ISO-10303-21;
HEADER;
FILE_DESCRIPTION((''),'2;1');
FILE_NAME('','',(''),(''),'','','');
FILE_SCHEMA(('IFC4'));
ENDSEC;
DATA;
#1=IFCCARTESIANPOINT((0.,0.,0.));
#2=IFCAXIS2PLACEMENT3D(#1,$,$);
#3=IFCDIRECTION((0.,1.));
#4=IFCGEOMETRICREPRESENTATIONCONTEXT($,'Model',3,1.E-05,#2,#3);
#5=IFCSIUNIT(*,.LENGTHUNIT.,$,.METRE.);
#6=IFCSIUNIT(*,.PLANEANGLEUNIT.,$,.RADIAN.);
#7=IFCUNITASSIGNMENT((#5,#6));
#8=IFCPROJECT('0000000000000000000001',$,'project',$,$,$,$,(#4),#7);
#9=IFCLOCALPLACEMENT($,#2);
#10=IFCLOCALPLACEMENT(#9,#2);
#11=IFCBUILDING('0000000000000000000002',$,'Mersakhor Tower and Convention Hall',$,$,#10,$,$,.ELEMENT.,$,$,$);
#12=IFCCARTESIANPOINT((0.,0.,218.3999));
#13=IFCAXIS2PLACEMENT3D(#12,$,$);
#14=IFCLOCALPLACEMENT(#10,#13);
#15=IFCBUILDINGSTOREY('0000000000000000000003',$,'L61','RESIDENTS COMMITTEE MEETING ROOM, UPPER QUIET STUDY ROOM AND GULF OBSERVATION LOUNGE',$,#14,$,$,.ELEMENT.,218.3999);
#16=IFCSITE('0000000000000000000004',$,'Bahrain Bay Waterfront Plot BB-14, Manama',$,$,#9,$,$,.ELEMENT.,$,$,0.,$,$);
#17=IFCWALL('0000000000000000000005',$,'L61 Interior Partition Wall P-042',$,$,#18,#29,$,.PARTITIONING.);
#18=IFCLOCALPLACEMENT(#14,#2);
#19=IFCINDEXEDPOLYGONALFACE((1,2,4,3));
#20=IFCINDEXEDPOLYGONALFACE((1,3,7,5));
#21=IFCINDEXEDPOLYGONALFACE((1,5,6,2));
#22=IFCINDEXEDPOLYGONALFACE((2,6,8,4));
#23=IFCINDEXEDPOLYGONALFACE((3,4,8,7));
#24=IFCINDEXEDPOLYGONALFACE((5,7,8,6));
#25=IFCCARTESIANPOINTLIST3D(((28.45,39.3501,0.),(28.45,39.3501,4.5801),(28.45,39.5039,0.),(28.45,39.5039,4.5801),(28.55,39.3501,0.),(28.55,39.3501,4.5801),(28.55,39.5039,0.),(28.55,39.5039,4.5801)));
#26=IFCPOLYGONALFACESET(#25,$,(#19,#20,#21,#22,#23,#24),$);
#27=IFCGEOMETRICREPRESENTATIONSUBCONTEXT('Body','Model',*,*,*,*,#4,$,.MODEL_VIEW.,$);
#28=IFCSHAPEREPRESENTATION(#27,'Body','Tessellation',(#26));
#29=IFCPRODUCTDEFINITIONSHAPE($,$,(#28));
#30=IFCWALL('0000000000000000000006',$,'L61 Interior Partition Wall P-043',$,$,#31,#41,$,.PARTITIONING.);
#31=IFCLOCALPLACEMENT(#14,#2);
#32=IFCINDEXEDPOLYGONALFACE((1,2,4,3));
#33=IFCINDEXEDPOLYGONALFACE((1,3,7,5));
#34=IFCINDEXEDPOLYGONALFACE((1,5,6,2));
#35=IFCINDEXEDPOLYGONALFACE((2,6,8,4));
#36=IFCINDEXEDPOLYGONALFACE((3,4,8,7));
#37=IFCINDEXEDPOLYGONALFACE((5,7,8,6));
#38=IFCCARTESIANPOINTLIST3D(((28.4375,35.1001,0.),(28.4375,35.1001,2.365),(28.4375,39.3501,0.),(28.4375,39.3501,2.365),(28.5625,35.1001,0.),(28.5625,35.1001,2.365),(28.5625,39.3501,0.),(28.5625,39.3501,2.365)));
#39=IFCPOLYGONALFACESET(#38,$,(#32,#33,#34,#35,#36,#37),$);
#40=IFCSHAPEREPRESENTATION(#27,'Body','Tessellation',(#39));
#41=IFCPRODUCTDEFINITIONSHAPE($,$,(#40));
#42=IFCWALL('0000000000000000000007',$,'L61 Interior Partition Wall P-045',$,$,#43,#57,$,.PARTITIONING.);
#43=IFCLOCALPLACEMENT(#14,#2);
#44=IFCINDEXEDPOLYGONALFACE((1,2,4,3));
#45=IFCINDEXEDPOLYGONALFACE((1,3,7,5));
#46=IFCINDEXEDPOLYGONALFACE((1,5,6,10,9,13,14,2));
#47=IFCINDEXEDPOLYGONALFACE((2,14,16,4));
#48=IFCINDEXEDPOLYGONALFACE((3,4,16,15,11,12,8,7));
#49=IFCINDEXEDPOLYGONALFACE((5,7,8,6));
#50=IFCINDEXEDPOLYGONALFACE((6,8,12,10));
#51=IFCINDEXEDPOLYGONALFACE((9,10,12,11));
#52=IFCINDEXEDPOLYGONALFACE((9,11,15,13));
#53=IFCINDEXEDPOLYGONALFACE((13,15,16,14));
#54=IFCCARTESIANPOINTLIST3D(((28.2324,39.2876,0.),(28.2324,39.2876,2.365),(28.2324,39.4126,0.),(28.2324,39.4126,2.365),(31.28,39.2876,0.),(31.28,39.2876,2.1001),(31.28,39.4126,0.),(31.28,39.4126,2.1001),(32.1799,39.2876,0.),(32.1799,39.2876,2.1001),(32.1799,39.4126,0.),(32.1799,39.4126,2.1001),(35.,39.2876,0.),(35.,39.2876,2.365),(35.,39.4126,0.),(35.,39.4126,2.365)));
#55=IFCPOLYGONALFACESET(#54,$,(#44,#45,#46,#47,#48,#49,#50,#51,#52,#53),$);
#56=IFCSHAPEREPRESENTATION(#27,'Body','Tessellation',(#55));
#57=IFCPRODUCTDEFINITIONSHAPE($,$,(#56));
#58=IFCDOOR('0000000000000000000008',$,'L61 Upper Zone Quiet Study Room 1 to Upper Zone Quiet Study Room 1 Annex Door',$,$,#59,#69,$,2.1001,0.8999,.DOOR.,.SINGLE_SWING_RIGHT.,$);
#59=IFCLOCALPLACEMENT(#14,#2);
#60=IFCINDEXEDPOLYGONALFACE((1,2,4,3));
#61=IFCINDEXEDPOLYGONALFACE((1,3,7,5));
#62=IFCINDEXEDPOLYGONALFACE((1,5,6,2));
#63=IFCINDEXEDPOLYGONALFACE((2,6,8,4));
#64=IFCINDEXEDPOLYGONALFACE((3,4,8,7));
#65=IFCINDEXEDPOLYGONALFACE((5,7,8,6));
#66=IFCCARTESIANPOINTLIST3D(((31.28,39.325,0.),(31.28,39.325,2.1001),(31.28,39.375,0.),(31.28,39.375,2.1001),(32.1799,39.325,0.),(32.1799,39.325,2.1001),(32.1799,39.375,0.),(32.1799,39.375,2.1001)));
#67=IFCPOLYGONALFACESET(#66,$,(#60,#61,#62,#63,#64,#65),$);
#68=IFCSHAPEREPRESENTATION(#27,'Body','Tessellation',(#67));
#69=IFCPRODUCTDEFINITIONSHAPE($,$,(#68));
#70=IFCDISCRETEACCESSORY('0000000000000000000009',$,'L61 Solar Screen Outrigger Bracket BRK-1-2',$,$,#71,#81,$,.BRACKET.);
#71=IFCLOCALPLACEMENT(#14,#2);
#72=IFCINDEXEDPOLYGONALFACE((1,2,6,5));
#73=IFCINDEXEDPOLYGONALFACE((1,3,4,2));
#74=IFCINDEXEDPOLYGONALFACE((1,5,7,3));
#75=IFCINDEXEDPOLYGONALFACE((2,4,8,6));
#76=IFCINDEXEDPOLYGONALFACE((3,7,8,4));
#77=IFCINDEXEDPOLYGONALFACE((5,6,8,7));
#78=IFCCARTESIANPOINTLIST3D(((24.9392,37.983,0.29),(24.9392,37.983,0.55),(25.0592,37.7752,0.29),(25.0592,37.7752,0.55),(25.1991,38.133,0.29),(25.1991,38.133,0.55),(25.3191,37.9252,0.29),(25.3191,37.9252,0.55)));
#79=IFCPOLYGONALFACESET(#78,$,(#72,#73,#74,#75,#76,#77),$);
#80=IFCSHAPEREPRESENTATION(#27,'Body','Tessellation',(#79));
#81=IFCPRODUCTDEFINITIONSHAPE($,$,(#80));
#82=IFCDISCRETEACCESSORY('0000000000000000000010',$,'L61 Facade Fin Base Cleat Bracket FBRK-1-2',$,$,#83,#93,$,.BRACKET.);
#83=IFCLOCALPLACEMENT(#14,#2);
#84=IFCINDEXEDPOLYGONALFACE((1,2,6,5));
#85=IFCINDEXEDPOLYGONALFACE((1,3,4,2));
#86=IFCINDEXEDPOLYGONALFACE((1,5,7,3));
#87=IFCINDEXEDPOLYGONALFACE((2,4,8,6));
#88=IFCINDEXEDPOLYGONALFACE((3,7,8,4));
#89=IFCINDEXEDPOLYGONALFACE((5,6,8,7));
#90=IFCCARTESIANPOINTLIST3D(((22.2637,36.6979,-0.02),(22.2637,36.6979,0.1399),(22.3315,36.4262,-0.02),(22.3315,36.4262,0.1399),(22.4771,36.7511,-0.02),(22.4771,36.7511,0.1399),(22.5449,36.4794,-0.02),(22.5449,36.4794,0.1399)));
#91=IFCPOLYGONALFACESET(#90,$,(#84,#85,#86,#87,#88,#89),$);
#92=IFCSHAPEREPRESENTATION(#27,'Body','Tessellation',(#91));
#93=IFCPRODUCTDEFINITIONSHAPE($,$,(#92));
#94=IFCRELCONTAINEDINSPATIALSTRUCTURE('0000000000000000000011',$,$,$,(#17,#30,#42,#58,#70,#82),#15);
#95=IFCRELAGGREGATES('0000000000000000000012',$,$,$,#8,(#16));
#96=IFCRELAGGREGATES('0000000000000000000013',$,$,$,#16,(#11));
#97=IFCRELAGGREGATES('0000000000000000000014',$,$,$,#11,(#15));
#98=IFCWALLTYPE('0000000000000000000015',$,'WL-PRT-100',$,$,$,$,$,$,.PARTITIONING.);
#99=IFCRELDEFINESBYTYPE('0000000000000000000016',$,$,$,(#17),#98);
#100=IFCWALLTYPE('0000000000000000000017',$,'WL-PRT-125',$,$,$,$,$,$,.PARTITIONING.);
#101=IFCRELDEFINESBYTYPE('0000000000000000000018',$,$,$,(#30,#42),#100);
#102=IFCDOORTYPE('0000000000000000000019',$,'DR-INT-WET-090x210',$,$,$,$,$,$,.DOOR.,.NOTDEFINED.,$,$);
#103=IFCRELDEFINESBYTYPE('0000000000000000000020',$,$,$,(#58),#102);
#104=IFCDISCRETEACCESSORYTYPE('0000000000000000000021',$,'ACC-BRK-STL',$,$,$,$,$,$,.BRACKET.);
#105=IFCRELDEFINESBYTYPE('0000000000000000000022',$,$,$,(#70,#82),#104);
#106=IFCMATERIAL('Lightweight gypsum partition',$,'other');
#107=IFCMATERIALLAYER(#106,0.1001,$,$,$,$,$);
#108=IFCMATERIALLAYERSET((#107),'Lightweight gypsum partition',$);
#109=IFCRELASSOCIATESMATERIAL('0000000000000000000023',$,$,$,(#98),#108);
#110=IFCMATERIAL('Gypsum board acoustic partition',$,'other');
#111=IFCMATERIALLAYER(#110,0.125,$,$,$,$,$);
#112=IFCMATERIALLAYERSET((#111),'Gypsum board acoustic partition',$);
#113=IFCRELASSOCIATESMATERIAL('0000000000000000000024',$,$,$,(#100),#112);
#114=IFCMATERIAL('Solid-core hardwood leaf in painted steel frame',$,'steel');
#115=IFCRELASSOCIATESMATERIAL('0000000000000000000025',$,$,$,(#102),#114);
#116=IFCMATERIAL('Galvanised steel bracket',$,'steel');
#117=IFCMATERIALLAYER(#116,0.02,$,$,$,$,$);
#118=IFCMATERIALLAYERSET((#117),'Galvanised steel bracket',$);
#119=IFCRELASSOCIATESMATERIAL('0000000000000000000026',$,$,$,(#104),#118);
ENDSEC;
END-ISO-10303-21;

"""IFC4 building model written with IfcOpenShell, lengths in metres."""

from ifc_helpers import new_model, si_unit, direction, frame, frame_2d, origin, origin_2d, place, context, subcontext, project, spatial, rectangle, extrude, material, layer, layer_set, type_object, element, fill, save


model = new_model("IFC4")

# Units and contexts
model_context = context("Model", 3, precision=1e-05, world=origin(), true_north=direction((0.0, 1.0)))
body_context = subcontext(model_context, "Body", "Model", "MODEL_VIEW")
ifc_project = project(units=[si_unit("LENGTHUNIT", "METRE"), si_unit("PLANEANGLEUNIT", "RADIAN")], contexts=[model_context])

# Site, building, storey
site_placement = place(None, origin())
site = spatial("IfcSite", under=ifc_project, at=site_placement, Name="Bahrain Bay Waterfront Plot BB-14, Manama", CompositionType="ELEMENT", RefElevation=0.0)
building_placement = place(site_placement, origin())
building = spatial("IfcBuilding", under=site, at=building_placement, Name="Mersakhor Tower and Convention Hall", CompositionType="ELEMENT")
storey_placement = place(building_placement, frame((0.0, 0.0, 218.3999)))
storey = spatial("IfcBuildingStorey", under=building, at=storey_placement, Name="L61", Description="RESIDENTS COMMITTEE MEETING ROOM, UPPER QUIET STUDY ROOM AND GULF OBSERVATION LOUNGE", CompositionType="ELEMENT", Elevation=218.3999)

# Walls
ifc_material_1 = material(Name="Lightweight gypsum partition", Category="other")
ifc_layer_1 = layer(ifc_material_1, 0.1001)
ifc_layer_set_1 = layer_set([ifc_layer_1], Name="Lightweight gypsum partition")
wall_type_1 = type_object("IfcWallType", Name="WL-PRT-100", PredefinedType="PARTITIONING", material=ifc_layer_set_1)
wall_1_placement = place(storey_placement, frame((28.5, 39.5039, 0.0), z_axis=(0.0, 0.0, 1.0), x_axis=(0.0, -1.0, 0.0)))
element("IfcWall", 1, at=wall_1_placement, inside=storey, type_object=wall_type_1, Name="L61 Interior Partition Wall P-042", PredefinedType="PARTITIONING", context=body_context, shape_type="SweptSolid", body=[
    extrude(rectangle(XDim=0.1538, YDim=0.1001, at=frame_2d((0.0769, 0.0))), origin(), (0.0, 0.0, 1.0), 4.5801),
])
ifc_material_2 = material(Name="Gypsum board acoustic partition", Category="other")
ifc_layer_2 = layer(ifc_material_2, 0.125)
ifc_layer_set_2 = layer_set([ifc_layer_2], Name="Gypsum board acoustic partition")
wall_type_2 = type_object("IfcWallType", Name="WL-PRT-125", PredefinedType="PARTITIONING", material=ifc_layer_set_2)
wall_2_placement = place(storey_placement, frame((28.5, 39.3501, 0.0), z_axis=(0.0, 0.0, 1.0), x_axis=(0.0, -1.0, 0.0)))
element("IfcWall", 2, at=wall_2_placement, inside=storey, type_object=wall_type_2, Name="L61 Interior Partition Wall P-043", PredefinedType="PARTITIONING", context=body_context, shape_type="SweptSolid", body=[
    extrude(rectangle(XDim=4.25, YDim=0.125, at=frame_2d((2.125, 0.0))), origin(), (0.0, 0.0, 1.0), 2.365),
])

# Wall, opening, door
wall_3_placement = place(storey_placement, frame((28.2324, 39.3501, 0.0), z_axis=(0.0, 0.0, 1.0), x_axis=(1.0, 0.0, 0.0)))
wall_3 = element("IfcWall", 3, at=wall_3_placement, inside=storey, type_object=wall_type_2, Name="L61 Interior Partition Wall P-045", PredefinedType="PARTITIONING", context=body_context, shape_type="SweptSolid", body=[
    extrude(rectangle(XDim=6.7676, YDim=0.125, at=frame_2d((3.3838, 0.0))), origin(), (0.0, 0.0, 1.0), 2.365),
])
opening_placement = place(wall_3_placement, frame((3.0476, 0.0, 0.0)))
opening = element("IfcOpeningElement", 4, at=opening_placement, cuts=wall_3, PredefinedType="OPENING", context=body_context, shape_type="SweptSolid", body=[
    extrude(rectangle(XDim=0.8999, YDim=2.1001, at=frame_2d((0.45, 1.05))), frame((0.0, 0.0725, 0.0), z_axis=(0.0, -1.0, 0.0), x_axis=(1.0, 0.0, 0.0)), (0.0, 0.0, 1.0), 0.145),
])
ifc_material_3 = material(Name="Solid-core hardwood leaf in painted steel frame", Category="steel")
door_type = type_object("IfcDoorType", Name="DR-INT-WET-090x210", OperationType="NOTDEFINED", PredefinedType="DOOR", material=ifc_material_3)
door_placement = place(opening_placement, origin())
door = element("IfcDoor", 5, at=door_placement, inside=storey, type_object=door_type, Name="L61 Upper Zone Quiet Study Room 1 to Upper Zone Quiet Study Room 1 Annex Door", OperationType="SINGLE_SWING_RIGHT", OverallHeight=2.1001, OverallWidth=0.8999, PredefinedType="DOOR", context=body_context, shape_type="SweptSolid", body=[
    extrude(rectangle(XDim=0.8999, YDim=2.1001, at=frame_2d((0.45, 1.05))), frame((0.0, 0.0249, 0.0), z_axis=(0.0, -1.0, 0.0), x_axis=(1.0, 0.0, 0.0)), (0.0, 0.0, 1.0), 0.05),
])
fill(opening, door)

# Discrete accessories
ifc_material_4 = material(Name="Galvanised steel bracket", Category="steel")
ifc_layer_3 = layer(ifc_material_4, 0.02)
ifc_layer_set_3 = layer_set([ifc_layer_3], Name="Galvanised steel bracket")
discrete_accessory_type = type_object("IfcDiscreteAccessoryType", Name="ACC-BRK-STL", PredefinedType="BRACKET", material=ifc_layer_set_3)
discrete_accessory_1_placement = place(storey_placement, frame((25.1292, 37.9541, 0.29), z_axis=(0.0, 0.0, 1.0), x_axis=(0.866025, 0.5, 0.0)))
element("IfcDiscreteAccessory", 6, at=discrete_accessory_1_placement, inside=storey, type_object=discrete_accessory_type, Name="L61 Solar Screen Outrigger Bracket BRK-1-2", PredefinedType="BRACKET", context=body_context, shape_type="SweptSolid", body=[
    extrude(rectangle(XDim=0.3, YDim=0.24, at=origin_2d()), origin(), (0.0, 0.0, 1.0), 0.26),
])
discrete_accessory_2_placement = place(storey_placement, frame((22.4043, 36.5886, -0.02), z_axis=(0.0, 0.0, 1.0), x_axis=(-0.241922, 0.970296, 0.0)))
element("IfcDiscreteAccessory", 7, at=discrete_accessory_2_placement, inside=storey, type_object=discrete_accessory_type, Name="L61 Facade Fin Base Cleat Bracket FBRK-1-2", PredefinedType="BRACKET", context=body_context, shape_type="SweptSolid", body=[
    extrude(rectangle(XDim=0.28, YDim=0.22, at=origin_2d()), origin(), (0.0, 0.0, 1.0), 0.1599),
])

save(model, "model.ifc")
